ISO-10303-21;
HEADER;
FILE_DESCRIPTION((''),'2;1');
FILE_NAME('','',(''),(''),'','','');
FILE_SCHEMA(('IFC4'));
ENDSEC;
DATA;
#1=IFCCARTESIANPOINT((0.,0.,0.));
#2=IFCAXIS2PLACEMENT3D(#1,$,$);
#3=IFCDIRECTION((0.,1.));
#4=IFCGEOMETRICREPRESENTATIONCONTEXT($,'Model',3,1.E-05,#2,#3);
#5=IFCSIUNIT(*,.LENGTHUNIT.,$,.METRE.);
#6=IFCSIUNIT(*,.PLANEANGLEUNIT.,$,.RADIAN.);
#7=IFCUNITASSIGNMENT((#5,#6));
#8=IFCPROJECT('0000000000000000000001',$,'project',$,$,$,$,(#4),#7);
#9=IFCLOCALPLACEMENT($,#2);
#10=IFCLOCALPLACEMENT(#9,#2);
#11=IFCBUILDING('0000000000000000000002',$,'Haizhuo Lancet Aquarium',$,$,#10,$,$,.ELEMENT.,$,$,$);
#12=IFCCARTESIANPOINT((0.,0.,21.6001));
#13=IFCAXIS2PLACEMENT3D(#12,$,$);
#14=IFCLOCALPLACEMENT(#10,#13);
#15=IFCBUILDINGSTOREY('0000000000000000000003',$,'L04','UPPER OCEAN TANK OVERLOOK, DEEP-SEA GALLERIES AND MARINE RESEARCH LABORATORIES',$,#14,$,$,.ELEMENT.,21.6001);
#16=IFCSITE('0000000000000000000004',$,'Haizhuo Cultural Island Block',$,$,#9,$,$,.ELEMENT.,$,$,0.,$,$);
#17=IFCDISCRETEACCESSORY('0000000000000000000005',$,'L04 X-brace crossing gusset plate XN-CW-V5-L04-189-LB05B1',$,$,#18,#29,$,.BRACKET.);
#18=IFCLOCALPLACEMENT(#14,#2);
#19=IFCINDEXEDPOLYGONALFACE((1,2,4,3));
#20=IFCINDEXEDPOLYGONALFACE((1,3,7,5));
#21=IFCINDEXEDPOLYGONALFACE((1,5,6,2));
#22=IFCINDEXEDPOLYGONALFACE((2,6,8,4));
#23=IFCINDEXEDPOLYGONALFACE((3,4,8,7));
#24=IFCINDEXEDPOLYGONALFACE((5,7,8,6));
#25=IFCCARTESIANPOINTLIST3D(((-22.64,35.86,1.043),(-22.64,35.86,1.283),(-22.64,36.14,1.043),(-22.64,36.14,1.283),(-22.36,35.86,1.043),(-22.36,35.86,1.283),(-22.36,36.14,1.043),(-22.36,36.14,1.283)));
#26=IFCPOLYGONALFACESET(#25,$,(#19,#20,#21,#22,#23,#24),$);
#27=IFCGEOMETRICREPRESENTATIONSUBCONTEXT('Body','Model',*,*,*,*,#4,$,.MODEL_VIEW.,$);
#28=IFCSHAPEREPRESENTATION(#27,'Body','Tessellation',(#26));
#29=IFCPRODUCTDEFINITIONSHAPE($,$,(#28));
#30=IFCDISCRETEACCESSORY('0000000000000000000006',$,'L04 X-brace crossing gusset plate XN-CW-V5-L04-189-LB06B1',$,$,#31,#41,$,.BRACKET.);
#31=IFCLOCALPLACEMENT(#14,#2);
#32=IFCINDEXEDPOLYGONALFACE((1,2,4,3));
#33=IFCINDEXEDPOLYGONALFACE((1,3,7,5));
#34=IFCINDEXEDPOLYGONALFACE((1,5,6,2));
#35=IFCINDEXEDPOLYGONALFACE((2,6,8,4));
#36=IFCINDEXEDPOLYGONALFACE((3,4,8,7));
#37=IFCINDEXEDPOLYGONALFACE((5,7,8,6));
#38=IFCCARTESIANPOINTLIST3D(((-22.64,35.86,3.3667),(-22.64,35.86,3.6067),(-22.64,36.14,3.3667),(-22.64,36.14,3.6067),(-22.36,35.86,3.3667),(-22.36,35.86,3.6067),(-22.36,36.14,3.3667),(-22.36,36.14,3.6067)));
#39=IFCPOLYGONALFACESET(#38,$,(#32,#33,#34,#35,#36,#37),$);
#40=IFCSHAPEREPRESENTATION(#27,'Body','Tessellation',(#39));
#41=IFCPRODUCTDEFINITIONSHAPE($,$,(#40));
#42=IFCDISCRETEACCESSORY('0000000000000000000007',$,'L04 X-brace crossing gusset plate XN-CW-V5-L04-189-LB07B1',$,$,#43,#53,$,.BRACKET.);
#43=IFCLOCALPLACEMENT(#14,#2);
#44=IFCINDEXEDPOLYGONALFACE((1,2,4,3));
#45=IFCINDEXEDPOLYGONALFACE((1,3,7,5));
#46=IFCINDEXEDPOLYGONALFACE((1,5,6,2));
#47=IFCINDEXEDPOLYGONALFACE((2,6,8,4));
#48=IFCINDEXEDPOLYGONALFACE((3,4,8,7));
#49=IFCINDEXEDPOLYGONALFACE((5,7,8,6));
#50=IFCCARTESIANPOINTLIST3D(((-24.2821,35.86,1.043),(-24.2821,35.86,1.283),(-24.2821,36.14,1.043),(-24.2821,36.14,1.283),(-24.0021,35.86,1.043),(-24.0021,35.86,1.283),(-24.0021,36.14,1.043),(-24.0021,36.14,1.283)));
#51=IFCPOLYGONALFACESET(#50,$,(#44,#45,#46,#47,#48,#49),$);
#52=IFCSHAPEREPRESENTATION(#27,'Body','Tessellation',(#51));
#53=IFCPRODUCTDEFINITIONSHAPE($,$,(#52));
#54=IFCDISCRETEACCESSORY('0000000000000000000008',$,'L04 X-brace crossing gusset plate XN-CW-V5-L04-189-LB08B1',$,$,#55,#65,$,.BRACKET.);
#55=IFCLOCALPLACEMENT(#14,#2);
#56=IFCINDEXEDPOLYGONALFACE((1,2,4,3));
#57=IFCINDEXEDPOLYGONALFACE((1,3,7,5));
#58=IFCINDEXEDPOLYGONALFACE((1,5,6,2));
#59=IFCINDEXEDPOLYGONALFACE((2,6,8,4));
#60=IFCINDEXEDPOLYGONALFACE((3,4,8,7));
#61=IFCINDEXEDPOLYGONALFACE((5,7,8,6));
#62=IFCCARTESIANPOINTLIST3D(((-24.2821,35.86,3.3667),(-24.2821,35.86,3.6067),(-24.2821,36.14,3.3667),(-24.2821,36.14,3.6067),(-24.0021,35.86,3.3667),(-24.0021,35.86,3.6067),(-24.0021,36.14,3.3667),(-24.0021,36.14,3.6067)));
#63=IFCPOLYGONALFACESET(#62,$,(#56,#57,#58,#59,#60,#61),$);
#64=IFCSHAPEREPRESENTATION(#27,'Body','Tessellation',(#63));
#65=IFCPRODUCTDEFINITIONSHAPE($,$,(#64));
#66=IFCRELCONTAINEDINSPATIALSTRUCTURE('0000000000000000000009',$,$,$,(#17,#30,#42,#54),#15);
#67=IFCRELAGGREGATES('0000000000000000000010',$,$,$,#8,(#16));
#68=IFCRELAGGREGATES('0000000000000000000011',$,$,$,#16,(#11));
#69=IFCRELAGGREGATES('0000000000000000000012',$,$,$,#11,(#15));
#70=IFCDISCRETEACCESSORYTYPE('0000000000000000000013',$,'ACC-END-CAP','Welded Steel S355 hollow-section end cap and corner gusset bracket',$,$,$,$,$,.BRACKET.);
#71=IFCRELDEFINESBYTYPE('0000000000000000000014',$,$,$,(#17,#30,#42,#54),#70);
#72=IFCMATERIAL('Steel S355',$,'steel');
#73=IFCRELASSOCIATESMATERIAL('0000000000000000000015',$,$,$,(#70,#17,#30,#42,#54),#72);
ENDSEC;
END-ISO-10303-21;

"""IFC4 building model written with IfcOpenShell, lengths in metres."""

from ifc_helpers import new_model, si_unit, direction, frame, origin, origin_2d, place, context, subcontext, project, spatial, rectangle, extrude, material, type_object, element, save


model = new_model("IFC4")

# Units and contexts
model_context = context("Model", 3, precision=1e-05, world=origin(), true_north=direction((0.0, 1.0)))
body_context = subcontext(model_context, "Body", "Model", "MODEL_VIEW")
ifc_project = project(units=[si_unit("LENGTHUNIT", "METRE"), si_unit("PLANEANGLEUNIT", "RADIAN")], contexts=[model_context])

# Site, building, storey
site_placement = place(None, origin())
site = spatial("IfcSite", under=ifc_project, at=site_placement, Name="Haizhuo Cultural Island Block", CompositionType="ELEMENT", RefElevation=0.0)
building_placement = place(site_placement, origin())
building = spatial("IfcBuilding", under=site, at=building_placement, Name="Haizhuo Lancet Aquarium", CompositionType="ELEMENT")
storey_placement = place(building_placement, frame((0.0, 0.0, 21.6001)))
storey = spatial("IfcBuildingStorey", under=building, at=storey_placement, Name="L04", Description="UPPER OCEAN TANK OVERLOOK, DEEP-SEA GALLERIES AND MARINE RESEARCH LABORATORIES", CompositionType="ELEMENT", Elevation=21.6001)

# Shared definitions
ifc_material_1 = material(Name="Steel S355", Category="steel")

# Discrete accessories
discrete_accessory_type = type_object("IfcDiscreteAccessoryType", Name="ACC-END-CAP", Description="Welded Steel S355 hollow-section end cap and corner gusset bracket", PredefinedType="BRACKET", material=ifc_material_1)
for number, where, z_axis, x_axis, name in (
    (1, (-22.5, 36.0, 1.043), (0.0, 0.0, 1.0), (1.0, 0.0, 0.0), "L04 X-brace crossing gusset plate XN-CW-V5-L04-189-LB05B1"),
    (2, (-22.5, 36.0, 3.3667), (0.0, 0.0, 1.0), (1.0, 0.0, 0.0), "L04 X-brace crossing gusset plate XN-CW-V5-L04-189-LB06B1"),
    (3, (-24.1421, 36.0, 1.043), (0.0, 0.0, 1.0), (1.0, 0.0, 0.0), "L04 X-brace crossing gusset plate XN-CW-V5-L04-189-LB07B1"),
    (4, (-24.1421, 36.0, 3.3667), (0.0, 0.0, 1.0), (1.0, 0.0, 0.0), "L04 X-brace crossing gusset plate XN-CW-V5-L04-189-LB08B1"),
):
    element("IfcDiscreteAccessory", number, at=place(storey_placement, frame(where, z_axis=z_axis, x_axis=x_axis)), inside=storey, type_object=discrete_accessory_type, material=ifc_material_1, Name=name, PredefinedType="BRACKET", context=body_context, shape_type="SweptSolid", body=[
        extrude(rectangle(XDim=0.28, YDim=0.28, at=origin_2d()), origin(), (0.0, 0.0, 1.0), 0.24),
    ])

save(model, "model.ifc")
